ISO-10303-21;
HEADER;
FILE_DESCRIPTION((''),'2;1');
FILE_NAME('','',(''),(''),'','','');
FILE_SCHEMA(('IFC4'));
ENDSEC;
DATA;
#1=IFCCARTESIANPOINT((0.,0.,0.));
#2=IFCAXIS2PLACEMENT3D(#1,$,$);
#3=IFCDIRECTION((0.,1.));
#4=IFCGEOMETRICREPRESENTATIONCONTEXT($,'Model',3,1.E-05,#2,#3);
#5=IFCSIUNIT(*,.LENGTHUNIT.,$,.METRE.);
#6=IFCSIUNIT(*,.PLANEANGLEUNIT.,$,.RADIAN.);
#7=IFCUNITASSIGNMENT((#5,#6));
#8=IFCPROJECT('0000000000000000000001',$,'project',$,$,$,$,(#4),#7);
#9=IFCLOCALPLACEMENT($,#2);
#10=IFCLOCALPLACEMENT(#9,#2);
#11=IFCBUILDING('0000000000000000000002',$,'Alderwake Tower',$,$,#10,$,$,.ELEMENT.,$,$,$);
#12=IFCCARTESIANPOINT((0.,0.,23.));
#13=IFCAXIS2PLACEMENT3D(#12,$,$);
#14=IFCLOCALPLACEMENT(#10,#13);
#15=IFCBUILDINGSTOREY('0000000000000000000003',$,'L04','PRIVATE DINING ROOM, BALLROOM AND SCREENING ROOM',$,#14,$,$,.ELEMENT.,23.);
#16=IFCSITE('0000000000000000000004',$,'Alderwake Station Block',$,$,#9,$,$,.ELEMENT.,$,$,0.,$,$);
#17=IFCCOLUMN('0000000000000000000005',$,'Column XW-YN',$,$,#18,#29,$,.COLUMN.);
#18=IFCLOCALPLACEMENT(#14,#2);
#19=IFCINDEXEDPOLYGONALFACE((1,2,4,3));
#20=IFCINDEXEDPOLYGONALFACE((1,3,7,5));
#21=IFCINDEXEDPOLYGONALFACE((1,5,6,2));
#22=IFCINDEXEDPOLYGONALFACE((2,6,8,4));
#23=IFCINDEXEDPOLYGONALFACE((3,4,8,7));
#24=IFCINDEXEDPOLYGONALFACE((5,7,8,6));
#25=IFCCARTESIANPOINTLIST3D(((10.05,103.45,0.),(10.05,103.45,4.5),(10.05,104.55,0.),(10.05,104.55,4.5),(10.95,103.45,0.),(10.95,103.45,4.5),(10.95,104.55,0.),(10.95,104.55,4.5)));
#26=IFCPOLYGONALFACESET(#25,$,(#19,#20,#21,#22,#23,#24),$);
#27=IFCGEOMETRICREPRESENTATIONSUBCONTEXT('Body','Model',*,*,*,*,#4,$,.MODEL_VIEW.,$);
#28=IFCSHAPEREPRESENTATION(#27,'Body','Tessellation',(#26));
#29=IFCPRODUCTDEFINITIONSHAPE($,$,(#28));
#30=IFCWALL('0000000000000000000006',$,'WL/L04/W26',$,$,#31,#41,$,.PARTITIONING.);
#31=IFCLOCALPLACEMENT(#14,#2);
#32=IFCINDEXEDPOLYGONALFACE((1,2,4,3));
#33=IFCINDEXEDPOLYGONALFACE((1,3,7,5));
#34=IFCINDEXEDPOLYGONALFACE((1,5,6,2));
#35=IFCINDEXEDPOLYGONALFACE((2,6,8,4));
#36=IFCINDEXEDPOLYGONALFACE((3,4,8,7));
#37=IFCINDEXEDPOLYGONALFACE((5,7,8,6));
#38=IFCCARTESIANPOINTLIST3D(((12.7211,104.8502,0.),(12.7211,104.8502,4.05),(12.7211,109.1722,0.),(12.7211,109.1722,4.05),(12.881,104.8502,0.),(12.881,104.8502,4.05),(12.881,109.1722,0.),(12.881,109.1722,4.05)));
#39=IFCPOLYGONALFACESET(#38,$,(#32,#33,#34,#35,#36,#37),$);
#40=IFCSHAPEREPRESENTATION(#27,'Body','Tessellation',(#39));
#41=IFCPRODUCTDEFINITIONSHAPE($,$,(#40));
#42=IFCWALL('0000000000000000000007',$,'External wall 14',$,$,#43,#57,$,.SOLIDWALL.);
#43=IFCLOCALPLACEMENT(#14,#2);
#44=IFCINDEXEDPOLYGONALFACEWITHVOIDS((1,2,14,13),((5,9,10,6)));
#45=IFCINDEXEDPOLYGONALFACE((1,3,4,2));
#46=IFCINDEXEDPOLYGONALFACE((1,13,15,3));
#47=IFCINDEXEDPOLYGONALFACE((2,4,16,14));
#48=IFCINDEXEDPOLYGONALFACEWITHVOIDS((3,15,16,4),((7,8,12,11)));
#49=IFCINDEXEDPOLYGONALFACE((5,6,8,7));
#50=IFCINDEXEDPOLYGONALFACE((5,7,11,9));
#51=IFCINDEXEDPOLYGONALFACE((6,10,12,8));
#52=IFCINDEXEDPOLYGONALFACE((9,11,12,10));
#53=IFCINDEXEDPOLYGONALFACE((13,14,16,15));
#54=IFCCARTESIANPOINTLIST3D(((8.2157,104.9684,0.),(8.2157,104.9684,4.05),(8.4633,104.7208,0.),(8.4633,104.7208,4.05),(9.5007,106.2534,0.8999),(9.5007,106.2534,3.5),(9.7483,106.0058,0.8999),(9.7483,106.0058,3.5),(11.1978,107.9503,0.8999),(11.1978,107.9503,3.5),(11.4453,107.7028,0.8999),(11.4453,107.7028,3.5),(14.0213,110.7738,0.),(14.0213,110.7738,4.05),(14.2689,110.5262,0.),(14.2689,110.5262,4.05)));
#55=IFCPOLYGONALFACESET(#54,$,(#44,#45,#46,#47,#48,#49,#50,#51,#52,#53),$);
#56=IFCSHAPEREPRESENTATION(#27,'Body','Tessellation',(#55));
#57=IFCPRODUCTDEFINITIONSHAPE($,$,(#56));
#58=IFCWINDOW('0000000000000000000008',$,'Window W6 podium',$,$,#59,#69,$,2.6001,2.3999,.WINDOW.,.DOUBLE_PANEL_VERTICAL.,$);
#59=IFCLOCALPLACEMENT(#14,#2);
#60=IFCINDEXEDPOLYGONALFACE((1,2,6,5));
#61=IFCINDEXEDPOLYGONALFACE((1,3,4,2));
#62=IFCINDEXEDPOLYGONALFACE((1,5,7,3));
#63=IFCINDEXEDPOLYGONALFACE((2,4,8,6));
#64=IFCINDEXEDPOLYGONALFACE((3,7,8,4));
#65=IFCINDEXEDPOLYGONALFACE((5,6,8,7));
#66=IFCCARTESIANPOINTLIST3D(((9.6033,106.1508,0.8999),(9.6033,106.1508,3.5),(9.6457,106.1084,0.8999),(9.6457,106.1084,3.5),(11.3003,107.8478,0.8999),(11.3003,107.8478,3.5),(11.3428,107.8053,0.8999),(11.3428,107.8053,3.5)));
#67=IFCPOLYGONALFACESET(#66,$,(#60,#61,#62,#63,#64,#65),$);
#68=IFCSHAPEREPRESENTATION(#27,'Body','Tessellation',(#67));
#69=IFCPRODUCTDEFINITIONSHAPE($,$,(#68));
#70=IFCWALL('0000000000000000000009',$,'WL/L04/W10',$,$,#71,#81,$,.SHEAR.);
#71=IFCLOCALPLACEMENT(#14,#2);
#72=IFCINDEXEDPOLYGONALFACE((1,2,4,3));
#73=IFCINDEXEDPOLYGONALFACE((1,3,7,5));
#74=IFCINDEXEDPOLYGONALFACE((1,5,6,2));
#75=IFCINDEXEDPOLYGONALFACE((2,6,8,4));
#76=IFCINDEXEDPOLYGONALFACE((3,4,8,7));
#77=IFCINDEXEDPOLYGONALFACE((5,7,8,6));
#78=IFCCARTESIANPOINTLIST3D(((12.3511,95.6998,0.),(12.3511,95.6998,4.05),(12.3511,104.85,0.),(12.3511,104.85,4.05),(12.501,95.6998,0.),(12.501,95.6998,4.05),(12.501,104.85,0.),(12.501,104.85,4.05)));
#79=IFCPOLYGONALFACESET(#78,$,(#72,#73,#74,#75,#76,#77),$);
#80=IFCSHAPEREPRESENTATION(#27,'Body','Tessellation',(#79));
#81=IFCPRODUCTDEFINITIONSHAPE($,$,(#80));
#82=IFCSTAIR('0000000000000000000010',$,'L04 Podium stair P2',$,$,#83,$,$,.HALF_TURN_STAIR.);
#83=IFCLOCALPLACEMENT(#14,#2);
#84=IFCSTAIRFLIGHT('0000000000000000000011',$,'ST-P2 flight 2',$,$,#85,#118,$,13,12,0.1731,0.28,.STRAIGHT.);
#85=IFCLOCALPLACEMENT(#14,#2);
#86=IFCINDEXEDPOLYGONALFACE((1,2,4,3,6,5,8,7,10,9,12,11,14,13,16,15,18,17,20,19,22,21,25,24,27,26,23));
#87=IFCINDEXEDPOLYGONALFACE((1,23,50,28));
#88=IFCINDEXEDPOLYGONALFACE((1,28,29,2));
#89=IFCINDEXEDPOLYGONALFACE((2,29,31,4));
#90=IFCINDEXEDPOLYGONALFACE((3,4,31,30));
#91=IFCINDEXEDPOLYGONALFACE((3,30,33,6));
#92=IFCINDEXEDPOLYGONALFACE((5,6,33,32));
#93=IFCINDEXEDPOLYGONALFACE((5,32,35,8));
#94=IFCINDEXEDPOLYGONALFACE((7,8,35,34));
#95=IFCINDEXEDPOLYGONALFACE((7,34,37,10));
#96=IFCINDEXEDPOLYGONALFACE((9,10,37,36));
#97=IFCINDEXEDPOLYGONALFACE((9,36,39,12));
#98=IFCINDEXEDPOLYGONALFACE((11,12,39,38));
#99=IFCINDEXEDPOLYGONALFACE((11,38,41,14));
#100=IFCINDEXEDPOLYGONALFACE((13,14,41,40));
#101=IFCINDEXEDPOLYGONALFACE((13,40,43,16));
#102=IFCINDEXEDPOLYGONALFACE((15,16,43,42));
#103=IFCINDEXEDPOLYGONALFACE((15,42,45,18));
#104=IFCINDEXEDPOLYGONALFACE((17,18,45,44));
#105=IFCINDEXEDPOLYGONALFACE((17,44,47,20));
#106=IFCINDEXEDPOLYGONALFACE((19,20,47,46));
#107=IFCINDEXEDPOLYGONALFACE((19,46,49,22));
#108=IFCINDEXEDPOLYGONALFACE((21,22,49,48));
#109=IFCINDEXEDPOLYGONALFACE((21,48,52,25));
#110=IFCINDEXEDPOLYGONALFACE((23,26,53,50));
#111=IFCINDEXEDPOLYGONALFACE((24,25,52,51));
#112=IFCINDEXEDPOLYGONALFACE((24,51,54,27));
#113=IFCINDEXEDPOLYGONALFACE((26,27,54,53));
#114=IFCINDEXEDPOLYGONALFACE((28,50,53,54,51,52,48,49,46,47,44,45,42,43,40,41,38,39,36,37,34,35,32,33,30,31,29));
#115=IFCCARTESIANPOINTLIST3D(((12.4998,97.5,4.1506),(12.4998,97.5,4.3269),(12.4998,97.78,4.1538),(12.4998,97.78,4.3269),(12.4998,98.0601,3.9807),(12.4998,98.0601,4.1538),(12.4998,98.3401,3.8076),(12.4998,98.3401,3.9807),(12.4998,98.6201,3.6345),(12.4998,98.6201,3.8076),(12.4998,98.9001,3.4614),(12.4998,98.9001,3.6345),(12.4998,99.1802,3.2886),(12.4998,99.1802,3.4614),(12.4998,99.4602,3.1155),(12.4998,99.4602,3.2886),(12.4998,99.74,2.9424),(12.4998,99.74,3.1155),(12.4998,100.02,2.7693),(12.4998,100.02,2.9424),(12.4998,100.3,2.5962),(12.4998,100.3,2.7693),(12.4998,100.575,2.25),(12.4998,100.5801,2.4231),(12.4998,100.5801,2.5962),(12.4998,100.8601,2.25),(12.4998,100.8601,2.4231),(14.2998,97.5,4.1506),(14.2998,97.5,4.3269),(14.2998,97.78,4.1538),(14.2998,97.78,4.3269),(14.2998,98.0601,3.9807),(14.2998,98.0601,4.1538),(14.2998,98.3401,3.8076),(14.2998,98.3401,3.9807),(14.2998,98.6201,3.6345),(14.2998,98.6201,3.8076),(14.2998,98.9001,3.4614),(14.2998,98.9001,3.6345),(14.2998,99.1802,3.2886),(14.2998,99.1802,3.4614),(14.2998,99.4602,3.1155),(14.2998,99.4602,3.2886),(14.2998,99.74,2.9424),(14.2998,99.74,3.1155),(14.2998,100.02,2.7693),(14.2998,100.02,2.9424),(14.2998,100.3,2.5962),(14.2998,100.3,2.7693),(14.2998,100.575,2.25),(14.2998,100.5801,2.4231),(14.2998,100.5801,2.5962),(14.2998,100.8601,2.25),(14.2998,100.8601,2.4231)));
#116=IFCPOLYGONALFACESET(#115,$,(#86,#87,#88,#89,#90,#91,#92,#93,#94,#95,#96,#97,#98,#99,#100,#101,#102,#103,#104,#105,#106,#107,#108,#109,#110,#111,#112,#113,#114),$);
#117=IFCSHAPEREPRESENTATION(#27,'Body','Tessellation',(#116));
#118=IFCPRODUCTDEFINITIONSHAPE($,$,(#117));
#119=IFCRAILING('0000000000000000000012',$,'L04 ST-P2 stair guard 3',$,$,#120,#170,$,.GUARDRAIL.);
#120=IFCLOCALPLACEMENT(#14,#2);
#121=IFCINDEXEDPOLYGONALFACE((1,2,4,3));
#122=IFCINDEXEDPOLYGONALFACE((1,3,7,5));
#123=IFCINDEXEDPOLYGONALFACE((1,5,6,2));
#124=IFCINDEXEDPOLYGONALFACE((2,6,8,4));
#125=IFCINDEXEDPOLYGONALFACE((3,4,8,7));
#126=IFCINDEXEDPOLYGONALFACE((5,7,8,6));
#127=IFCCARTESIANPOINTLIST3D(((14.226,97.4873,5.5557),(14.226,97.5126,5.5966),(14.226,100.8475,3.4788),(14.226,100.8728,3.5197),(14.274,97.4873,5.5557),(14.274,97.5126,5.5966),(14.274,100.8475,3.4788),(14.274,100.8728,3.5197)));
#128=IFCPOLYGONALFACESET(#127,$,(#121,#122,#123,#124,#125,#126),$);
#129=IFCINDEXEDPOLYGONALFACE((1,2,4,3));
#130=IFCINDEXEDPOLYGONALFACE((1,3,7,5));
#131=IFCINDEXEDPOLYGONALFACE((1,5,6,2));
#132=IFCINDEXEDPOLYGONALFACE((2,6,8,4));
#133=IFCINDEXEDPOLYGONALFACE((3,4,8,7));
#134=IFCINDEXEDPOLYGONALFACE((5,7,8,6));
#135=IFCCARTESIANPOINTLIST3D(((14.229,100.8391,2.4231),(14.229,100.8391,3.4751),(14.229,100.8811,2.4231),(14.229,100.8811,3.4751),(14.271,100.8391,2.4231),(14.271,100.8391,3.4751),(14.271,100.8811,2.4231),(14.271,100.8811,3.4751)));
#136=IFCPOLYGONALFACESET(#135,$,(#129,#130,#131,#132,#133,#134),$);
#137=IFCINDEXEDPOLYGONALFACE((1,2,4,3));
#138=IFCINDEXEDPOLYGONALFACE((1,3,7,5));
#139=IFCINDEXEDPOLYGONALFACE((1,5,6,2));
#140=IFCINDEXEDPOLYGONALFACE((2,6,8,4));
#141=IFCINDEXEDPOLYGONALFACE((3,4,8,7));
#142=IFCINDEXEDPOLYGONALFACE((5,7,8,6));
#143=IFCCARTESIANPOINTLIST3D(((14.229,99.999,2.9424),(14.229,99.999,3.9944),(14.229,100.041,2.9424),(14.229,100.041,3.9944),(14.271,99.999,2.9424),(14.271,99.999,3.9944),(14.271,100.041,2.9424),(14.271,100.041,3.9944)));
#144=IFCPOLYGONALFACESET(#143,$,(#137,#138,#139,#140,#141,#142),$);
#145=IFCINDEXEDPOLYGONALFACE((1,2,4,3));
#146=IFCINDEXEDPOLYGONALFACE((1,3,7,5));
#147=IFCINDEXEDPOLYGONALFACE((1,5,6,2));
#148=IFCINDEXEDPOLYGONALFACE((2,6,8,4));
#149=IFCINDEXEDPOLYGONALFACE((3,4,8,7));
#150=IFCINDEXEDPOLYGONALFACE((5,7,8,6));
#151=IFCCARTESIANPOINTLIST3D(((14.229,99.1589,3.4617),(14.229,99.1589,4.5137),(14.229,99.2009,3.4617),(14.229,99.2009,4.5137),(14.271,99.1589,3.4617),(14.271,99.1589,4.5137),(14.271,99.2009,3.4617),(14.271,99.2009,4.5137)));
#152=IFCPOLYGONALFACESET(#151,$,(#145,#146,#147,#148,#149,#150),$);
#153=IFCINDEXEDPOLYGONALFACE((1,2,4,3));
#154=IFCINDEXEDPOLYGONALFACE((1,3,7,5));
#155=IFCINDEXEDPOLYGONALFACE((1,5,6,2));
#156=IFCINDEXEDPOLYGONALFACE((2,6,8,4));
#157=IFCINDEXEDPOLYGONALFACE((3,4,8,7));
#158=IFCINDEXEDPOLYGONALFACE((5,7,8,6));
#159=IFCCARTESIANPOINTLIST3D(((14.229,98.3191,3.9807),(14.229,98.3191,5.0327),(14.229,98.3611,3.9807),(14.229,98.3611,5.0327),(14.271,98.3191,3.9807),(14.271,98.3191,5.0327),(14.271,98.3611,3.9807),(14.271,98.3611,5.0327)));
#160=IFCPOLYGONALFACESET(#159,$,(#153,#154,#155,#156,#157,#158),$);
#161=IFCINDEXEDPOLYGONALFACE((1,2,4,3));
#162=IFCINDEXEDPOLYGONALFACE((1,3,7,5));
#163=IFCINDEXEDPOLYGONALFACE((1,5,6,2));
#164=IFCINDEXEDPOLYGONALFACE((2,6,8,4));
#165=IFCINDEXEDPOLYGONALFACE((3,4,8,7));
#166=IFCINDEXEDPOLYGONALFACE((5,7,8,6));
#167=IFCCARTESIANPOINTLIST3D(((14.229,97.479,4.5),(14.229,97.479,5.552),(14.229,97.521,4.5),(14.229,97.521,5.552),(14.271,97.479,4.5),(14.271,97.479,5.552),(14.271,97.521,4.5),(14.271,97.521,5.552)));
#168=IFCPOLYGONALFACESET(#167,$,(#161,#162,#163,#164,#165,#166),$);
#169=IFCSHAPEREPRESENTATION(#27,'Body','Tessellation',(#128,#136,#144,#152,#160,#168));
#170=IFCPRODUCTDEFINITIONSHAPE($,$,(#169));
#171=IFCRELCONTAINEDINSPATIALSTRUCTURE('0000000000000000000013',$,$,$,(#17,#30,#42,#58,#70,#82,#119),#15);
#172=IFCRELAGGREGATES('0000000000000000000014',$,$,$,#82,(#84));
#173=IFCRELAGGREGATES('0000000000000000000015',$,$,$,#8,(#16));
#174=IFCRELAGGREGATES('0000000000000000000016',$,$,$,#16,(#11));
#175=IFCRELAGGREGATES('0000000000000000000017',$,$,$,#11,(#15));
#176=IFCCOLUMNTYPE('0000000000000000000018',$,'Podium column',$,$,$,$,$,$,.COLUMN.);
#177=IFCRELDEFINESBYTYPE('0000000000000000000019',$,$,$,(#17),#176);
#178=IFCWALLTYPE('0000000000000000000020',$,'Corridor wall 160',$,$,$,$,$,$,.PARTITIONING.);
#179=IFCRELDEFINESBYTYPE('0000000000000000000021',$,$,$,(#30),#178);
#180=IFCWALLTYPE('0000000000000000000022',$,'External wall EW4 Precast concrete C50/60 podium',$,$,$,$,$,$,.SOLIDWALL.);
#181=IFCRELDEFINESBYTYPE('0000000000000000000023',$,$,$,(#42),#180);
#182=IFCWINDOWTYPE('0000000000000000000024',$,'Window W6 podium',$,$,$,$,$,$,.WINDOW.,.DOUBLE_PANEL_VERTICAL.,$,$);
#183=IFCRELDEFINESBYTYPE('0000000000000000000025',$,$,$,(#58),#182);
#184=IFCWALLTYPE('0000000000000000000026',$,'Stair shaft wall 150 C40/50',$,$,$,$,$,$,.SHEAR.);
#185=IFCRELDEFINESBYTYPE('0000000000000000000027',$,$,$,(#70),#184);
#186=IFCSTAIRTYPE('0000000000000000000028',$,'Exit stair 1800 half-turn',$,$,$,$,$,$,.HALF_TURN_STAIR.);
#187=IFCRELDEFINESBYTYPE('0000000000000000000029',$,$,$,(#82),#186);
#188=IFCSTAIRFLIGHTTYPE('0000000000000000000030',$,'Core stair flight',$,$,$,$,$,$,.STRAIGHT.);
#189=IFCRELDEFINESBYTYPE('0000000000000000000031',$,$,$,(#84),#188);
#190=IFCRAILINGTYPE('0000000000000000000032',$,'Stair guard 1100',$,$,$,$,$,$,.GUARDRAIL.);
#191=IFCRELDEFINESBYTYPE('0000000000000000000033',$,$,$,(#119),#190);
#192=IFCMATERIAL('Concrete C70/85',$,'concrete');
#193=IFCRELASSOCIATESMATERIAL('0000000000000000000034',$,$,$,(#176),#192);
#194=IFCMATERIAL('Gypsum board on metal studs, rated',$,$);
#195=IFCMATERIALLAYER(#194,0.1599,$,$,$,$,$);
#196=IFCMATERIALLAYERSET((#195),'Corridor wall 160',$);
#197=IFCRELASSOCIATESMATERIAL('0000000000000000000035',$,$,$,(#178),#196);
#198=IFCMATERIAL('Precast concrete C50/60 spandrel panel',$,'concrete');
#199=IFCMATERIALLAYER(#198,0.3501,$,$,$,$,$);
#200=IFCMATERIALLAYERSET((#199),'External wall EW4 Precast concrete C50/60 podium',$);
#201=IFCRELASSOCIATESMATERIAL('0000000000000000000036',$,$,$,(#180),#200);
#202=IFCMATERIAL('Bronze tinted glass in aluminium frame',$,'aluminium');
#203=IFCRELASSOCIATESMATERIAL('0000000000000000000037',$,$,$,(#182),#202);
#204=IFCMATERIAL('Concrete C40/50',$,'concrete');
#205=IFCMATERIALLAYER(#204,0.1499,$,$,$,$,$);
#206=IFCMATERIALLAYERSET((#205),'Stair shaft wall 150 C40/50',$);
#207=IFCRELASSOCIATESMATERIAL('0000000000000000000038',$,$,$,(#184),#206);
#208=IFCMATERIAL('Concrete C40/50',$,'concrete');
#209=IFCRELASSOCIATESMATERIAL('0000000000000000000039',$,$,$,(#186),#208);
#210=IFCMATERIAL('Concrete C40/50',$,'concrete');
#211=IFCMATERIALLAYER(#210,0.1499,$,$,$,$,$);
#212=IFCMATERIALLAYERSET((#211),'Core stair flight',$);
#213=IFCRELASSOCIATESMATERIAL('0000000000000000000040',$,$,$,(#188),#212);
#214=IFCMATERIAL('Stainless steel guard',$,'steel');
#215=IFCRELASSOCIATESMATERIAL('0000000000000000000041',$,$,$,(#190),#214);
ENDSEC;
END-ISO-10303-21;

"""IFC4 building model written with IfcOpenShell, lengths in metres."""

from ifc_helpers import new_model, si_unit, direction, frame, frame_2d, origin, origin_2d, place, context, subcontext, project, spatial, polyline, rectangle, outline, extrude, material, layer, layer_set, material_profile, profile_set, type_object, element, fill, aggregate, save


model = new_model("IFC4")

# Units and contexts
model_context = context("Model", 3, precision=1e-05, world=origin(), true_north=direction((0.0, 1.0)))
body_context = subcontext(model_context, "Body", "Model", "MODEL_VIEW")
ifc_project = project(units=[si_unit("LENGTHUNIT", "METRE"), si_unit("PLANEANGLEUNIT", "RADIAN")], contexts=[model_context])

# Site, building, storey
site_placement = place(None, origin())
site = spatial("IfcSite", under=ifc_project, at=site_placement, Name="Alderwake Station Block", CompositionType="ELEMENT", RefElevation=0.0)
building_placement = place(site_placement, origin())
building = spatial("IfcBuilding", under=site, at=building_placement, Name="Alderwake Tower", CompositionType="ELEMENT")
storey_placement = place(building_placement, frame((0.0, 0.0, 23.0)))
storey = spatial("IfcBuildingStorey", under=building, at=storey_placement, Name="L04", Description="PRIVATE DINING ROOM, BALLROOM AND SCREENING ROOM", CompositionType="ELEMENT", Elevation=23.0)

# Column
ifc_material_1 = material(Name="Concrete C70/85", Category="concrete")
ifc_material_profile = material_profile(ifc_material_1, rectangle(XDim=0.8999, YDim=1.1001, at=origin_2d()), Name="RC 1100X900")
ifc_profile_set = profile_set([ifc_material_profile], Name="Concrete C70/85")
column_type = type_object("IfcColumnType", Name="Podium column", PredefinedType="COLUMN", material=ifc_profile_set)
column_placement = place(storey_placement, frame((10.5, 104.0, 0.0), z_axis=(0.0, 0.0, 1.0), x_axis=(1.0, 0.0, 0.0)))
element("IfcColumn", 1, at=column_placement, inside=storey, type_object=column_type, Name="Column XW-YN", PredefinedType="COLUMN", context=body_context, shape_type="SweptSolid", body=[
    extrude(rectangle(XDim=0.8999, YDim=1.1001, at=origin_2d()), origin(), (0.0, 0.0, 1.0), 4.5),
])

# Wall
ifc_material_2 = material(Name="Gypsum board on metal studs, rated")
ifc_layer_1 = layer(ifc_material_2, 0.1599)
ifc_layer_set_1 = layer_set([ifc_layer_1], Name="Corridor wall 160")
wall_type_1 = type_object("IfcWallType", Name="Corridor wall 160", PredefinedType="PARTITIONING", material=ifc_layer_set_1)
wall_1_placement = place(storey_placement, frame((12.801, 104.8501, 0.0), z_axis=(0.0, 0.0, 1.0), x_axis=(0.0, 1.0, 0.0)))
element("IfcWall", 2, at=wall_1_placement, inside=storey, type_object=wall_type_1, Name="WL/L04/W26", PredefinedType="PARTITIONING", context=body_context, shape_type="SweptSolid", body=[
    extrude(rectangle(XDim=4.322, YDim=0.1599, at=frame_2d((2.1611, 0.0))), origin(), (0.0, 0.0, 1.0), 4.05),
])

# Wall, opening, window
ifc_material_3 = material(Name="Precast concrete C50/60 spandrel panel", Category="concrete")
ifc_layer_2 = layer(ifc_material_3, 0.3501)
ifc_layer_set_2 = layer_set([ifc_layer_2], Name="External wall EW4 Precast concrete C50/60 podium")
wall_type_2 = type_object("IfcWallType", Name="External wall EW4 Precast concrete C50/60 podium", PredefinedType="SOLIDWALL", material=ifc_layer_set_2)
wall_2_placement = place(storey_placement, frame((14.145, 110.6499, 0.0), z_axis=(0.0, 0.0, 1.0), x_axis=(-0.707122, -0.707092, 0.0)))
wall_2 = element("IfcWall", 3, at=wall_2_placement, inside=storey, type_object=wall_type_2, Name="External wall 14", PredefinedType="SOLIDWALL", context=body_context, shape_type="SweptSolid", body=[
    extrude(rectangle(XDim=8.2102, YDim=0.3501, at=frame_2d((4.105, 0.0))), origin(), (0.0, 0.0, 1.0), 4.05),
])
opening_1_placement = place(wall_2_placement, frame((3.9929, 0.0, 0.8999)))
opening_1 = element("IfcOpeningElement", 4, at=opening_1_placement, cuts=wall_2, PredefinedType="OPENING", context=body_context, shape_type="SweptSolid", body=[
    extrude(rectangle(XDim=2.3999, YDim=2.6001, at=frame_2d((1.2, 1.3))), frame((0.0, 0.1851, 0.0), z_axis=(0.0, -1.0, 0.0), x_axis=(1.0, 0.0, 0.0)), (0.0, 0.0, 1.0), 0.3701),
])
ifc_material_4 = material(Name="Bronze tinted glass in aluminium frame", Category="aluminium")
window_type = type_object("IfcWindowType", Name="Window W6 podium", PartitioningType="DOUBLE_PANEL_VERTICAL", PredefinedType="WINDOW", material=ifc_material_4)
window_1_placement = place(opening_1_placement, origin())
window_1 = element("IfcWindow", 5, at=window_1_placement, inside=storey, type_object=window_type, Name="Window W6 podium", OverallHeight=2.6001, OverallWidth=2.3999, PartitioningType="DOUBLE_PANEL_VERTICAL", PredefinedType="WINDOW", context=body_context, shape_type="SweptSolid", body=[
    extrude(rectangle(XDim=2.3999, YDim=2.6001, at=frame_2d((1.2, 1.3))), frame((0.0, 0.03, 0.0), z_axis=(0.0, -1.0, 0.0), x_axis=(1.0, 0.0, 0.0)), (0.0, 0.0, 1.0), 0.0601),
])
fill(opening_1, window_1)

# Wall
ifc_material_5 = material(Name="Concrete C40/50", Category="concrete")
ifc_layer_3 = layer(ifc_material_5, 0.1499)
ifc_layer_set_3 = layer_set([ifc_layer_3], Name="Stair shaft wall 150 C40/50")
wall_type_3 = type_object("IfcWallType", Name="Stair shaft wall 150 C40/50", PredefinedType="SHEAR", material=ifc_layer_set_3)
wall_3_placement = place(storey_placement, frame((12.426, 104.8501, 0.0), z_axis=(0.0, 0.0, 1.0), x_axis=(0.0, -1.0, 0.0)))
element("IfcWall", 6, at=wall_3_placement, inside=storey, type_object=wall_type_3, Name="WL/L04/W10", PredefinedType="SHEAR", context=body_context, shape_type="SweptSolid", body=[
    extrude(rectangle(XDim=9.1501, YDim=0.1499, at=frame_2d((4.5752, 0.0))), origin(), (0.0, 0.0, 1.0), 4.05),
])

# Stair, stair flight
ifc_material_6 = material(Name="Concrete C40/50", Category="concrete")
stair_type = type_object("IfcStairType", Name="Exit stair 1800 half-turn", PredefinedType="HALF_TURN_STAIR", material=ifc_material_6)
stair_placement = place(storey_placement, origin())
stair = element("IfcStair", 7, at=stair_placement, inside=storey, type_object=stair_type, Name="L04 Podium stair P2", PredefinedType="HALF_TURN_STAIR")
ifc_material_7 = material(Name="Concrete C40/50", Category="concrete")
ifc_layer_4 = layer(ifc_material_7, 0.1499)
ifc_layer_set_4 = layer_set([ifc_layer_4], Name="Core stair flight")
stair_flight_type = type_object("IfcStairFlightType", Name="Core stair flight", PredefinedType="STRAIGHT", material=ifc_layer_set_4)
stair_flight_placement = place(storey_placement, frame((13.3999, 100.8601, 2.25), z_axis=(0.0, 0.0, 1.0), x_axis=(0.0, -1.0, 0.0)))
stair_flight = element("IfcStairFlight", 8, at=stair_flight_placement, type_object=stair_flight_type, Name="ST-P2 flight 2", NumberOfRisers=13, NumberOfTreads=12, PredefinedType="STRAIGHT", RiserHeight=0.1731, TreadLength=0.28, context=body_context, shape_type="SweptSolid", body=[
    extrude(outline(polyline([(0.0, 0.0), (0.0, 0.1731), (0.28, 0.1731), (0.28, 0.3462), (0.5601, 0.3462), (0.5601, 0.5193), (0.8401, 0.5193), (0.8401, 0.6924), (1.1201, 0.6924), (1.1201, 0.8655), (1.3999, 0.8655), (1.3999, 1.0386), (1.6799, 1.0386), (1.6799, 1.2114), (1.96, 1.2114), (1.96, 1.3845), (2.24, 1.3845), (2.24, 1.5576), (2.52, 1.5576), (2.52, 1.7307), (2.8, 1.7307), (2.8, 1.9038), (3.0801, 1.9038), (3.0801, 2.0769), (3.3601, 2.0769), (3.3601, 2.25), (3.3601, 1.9006), (0.2852, 0.0), (0.0, 0.0)])), frame((0.0, 0.8999, 0.0), z_axis=(0.0, -1.0, 0.0), x_axis=(1.0, 0.0, 0.0)), (0.0, 0.0, 1.0), 1.8),
])
aggregate(stair, [stair_flight])

# Railing
ifc_material_8 = material(Name="Stainless steel guard", Category="steel")
railing_type_1 = type_object("IfcRailingType", Name="Stair guard 1100", PredefinedType="GUARDRAIL", material=ifc_material_8)
railing_1_placement = place(storey_placement, frame((14.25, 100.8601, 2.4231)))
element("IfcRailing", 9, at=railing_1_placement, inside=storey, type_object=railing_type_1, Name="L04 ST-P2 stair guard 3", PredefinedType="GUARDRAIL", context=body_context, shape_type="SweptSolid", body=[
    extrude(rectangle(XDim=0.0481, YDim=0.0481, at=origin_2d()), frame((0.0, 0.0, 1.0762), z_axis=(0.0, -0.850623, 0.525776), x_axis=(1.0, 0.0, 0.0)), (0.0, 0.0, 1.0), 3.9502),
    extrude(rectangle(XDim=0.042, YDim=0.042, at=origin_2d()), frame((0.0, 0.0, 0.0), z_axis=(0.0, 0.0, 1.0), x_axis=(0.0, -1.0, 0.0)), (0.0, 0.0, 1.0), 1.052),
    extrude(rectangle(XDim=0.042, YDim=0.042, at=origin_2d()), frame((0.0, -0.8401, 0.5193), z_axis=(0.0, 0.0, 1.0), x_axis=(0.0, -1.0, 0.0)), (0.0, 0.0, 1.0), 1.052),
    extrude(rectangle(XDim=0.042, YDim=0.042, at=origin_2d()), frame((0.0, -1.6802, 1.0386), z_axis=(0.0, 0.0, 1.0), x_axis=(0.0, -1.0, 0.0)), (0.0, 0.0, 1.0), 1.052),
    extrude(rectangle(XDim=0.042, YDim=0.042, at=origin_2d()), frame((0.0, -2.52, 1.5576), z_axis=(0.0, 0.0, 1.0), x_axis=(0.0, -1.0, 0.0)), (0.0, 0.0, 1.0), 1.052),
    extrude(rectangle(XDim=0.042, YDim=0.042, at=origin_2d()), frame((0.0, -3.3601, 2.0769), z_axis=(0.0, 0.0, 1.0), x_axis=(0.0, -1.0, 0.0)), (0.0, 0.0, 1.0), 1.052),
])

save(model, "model.ifc")
